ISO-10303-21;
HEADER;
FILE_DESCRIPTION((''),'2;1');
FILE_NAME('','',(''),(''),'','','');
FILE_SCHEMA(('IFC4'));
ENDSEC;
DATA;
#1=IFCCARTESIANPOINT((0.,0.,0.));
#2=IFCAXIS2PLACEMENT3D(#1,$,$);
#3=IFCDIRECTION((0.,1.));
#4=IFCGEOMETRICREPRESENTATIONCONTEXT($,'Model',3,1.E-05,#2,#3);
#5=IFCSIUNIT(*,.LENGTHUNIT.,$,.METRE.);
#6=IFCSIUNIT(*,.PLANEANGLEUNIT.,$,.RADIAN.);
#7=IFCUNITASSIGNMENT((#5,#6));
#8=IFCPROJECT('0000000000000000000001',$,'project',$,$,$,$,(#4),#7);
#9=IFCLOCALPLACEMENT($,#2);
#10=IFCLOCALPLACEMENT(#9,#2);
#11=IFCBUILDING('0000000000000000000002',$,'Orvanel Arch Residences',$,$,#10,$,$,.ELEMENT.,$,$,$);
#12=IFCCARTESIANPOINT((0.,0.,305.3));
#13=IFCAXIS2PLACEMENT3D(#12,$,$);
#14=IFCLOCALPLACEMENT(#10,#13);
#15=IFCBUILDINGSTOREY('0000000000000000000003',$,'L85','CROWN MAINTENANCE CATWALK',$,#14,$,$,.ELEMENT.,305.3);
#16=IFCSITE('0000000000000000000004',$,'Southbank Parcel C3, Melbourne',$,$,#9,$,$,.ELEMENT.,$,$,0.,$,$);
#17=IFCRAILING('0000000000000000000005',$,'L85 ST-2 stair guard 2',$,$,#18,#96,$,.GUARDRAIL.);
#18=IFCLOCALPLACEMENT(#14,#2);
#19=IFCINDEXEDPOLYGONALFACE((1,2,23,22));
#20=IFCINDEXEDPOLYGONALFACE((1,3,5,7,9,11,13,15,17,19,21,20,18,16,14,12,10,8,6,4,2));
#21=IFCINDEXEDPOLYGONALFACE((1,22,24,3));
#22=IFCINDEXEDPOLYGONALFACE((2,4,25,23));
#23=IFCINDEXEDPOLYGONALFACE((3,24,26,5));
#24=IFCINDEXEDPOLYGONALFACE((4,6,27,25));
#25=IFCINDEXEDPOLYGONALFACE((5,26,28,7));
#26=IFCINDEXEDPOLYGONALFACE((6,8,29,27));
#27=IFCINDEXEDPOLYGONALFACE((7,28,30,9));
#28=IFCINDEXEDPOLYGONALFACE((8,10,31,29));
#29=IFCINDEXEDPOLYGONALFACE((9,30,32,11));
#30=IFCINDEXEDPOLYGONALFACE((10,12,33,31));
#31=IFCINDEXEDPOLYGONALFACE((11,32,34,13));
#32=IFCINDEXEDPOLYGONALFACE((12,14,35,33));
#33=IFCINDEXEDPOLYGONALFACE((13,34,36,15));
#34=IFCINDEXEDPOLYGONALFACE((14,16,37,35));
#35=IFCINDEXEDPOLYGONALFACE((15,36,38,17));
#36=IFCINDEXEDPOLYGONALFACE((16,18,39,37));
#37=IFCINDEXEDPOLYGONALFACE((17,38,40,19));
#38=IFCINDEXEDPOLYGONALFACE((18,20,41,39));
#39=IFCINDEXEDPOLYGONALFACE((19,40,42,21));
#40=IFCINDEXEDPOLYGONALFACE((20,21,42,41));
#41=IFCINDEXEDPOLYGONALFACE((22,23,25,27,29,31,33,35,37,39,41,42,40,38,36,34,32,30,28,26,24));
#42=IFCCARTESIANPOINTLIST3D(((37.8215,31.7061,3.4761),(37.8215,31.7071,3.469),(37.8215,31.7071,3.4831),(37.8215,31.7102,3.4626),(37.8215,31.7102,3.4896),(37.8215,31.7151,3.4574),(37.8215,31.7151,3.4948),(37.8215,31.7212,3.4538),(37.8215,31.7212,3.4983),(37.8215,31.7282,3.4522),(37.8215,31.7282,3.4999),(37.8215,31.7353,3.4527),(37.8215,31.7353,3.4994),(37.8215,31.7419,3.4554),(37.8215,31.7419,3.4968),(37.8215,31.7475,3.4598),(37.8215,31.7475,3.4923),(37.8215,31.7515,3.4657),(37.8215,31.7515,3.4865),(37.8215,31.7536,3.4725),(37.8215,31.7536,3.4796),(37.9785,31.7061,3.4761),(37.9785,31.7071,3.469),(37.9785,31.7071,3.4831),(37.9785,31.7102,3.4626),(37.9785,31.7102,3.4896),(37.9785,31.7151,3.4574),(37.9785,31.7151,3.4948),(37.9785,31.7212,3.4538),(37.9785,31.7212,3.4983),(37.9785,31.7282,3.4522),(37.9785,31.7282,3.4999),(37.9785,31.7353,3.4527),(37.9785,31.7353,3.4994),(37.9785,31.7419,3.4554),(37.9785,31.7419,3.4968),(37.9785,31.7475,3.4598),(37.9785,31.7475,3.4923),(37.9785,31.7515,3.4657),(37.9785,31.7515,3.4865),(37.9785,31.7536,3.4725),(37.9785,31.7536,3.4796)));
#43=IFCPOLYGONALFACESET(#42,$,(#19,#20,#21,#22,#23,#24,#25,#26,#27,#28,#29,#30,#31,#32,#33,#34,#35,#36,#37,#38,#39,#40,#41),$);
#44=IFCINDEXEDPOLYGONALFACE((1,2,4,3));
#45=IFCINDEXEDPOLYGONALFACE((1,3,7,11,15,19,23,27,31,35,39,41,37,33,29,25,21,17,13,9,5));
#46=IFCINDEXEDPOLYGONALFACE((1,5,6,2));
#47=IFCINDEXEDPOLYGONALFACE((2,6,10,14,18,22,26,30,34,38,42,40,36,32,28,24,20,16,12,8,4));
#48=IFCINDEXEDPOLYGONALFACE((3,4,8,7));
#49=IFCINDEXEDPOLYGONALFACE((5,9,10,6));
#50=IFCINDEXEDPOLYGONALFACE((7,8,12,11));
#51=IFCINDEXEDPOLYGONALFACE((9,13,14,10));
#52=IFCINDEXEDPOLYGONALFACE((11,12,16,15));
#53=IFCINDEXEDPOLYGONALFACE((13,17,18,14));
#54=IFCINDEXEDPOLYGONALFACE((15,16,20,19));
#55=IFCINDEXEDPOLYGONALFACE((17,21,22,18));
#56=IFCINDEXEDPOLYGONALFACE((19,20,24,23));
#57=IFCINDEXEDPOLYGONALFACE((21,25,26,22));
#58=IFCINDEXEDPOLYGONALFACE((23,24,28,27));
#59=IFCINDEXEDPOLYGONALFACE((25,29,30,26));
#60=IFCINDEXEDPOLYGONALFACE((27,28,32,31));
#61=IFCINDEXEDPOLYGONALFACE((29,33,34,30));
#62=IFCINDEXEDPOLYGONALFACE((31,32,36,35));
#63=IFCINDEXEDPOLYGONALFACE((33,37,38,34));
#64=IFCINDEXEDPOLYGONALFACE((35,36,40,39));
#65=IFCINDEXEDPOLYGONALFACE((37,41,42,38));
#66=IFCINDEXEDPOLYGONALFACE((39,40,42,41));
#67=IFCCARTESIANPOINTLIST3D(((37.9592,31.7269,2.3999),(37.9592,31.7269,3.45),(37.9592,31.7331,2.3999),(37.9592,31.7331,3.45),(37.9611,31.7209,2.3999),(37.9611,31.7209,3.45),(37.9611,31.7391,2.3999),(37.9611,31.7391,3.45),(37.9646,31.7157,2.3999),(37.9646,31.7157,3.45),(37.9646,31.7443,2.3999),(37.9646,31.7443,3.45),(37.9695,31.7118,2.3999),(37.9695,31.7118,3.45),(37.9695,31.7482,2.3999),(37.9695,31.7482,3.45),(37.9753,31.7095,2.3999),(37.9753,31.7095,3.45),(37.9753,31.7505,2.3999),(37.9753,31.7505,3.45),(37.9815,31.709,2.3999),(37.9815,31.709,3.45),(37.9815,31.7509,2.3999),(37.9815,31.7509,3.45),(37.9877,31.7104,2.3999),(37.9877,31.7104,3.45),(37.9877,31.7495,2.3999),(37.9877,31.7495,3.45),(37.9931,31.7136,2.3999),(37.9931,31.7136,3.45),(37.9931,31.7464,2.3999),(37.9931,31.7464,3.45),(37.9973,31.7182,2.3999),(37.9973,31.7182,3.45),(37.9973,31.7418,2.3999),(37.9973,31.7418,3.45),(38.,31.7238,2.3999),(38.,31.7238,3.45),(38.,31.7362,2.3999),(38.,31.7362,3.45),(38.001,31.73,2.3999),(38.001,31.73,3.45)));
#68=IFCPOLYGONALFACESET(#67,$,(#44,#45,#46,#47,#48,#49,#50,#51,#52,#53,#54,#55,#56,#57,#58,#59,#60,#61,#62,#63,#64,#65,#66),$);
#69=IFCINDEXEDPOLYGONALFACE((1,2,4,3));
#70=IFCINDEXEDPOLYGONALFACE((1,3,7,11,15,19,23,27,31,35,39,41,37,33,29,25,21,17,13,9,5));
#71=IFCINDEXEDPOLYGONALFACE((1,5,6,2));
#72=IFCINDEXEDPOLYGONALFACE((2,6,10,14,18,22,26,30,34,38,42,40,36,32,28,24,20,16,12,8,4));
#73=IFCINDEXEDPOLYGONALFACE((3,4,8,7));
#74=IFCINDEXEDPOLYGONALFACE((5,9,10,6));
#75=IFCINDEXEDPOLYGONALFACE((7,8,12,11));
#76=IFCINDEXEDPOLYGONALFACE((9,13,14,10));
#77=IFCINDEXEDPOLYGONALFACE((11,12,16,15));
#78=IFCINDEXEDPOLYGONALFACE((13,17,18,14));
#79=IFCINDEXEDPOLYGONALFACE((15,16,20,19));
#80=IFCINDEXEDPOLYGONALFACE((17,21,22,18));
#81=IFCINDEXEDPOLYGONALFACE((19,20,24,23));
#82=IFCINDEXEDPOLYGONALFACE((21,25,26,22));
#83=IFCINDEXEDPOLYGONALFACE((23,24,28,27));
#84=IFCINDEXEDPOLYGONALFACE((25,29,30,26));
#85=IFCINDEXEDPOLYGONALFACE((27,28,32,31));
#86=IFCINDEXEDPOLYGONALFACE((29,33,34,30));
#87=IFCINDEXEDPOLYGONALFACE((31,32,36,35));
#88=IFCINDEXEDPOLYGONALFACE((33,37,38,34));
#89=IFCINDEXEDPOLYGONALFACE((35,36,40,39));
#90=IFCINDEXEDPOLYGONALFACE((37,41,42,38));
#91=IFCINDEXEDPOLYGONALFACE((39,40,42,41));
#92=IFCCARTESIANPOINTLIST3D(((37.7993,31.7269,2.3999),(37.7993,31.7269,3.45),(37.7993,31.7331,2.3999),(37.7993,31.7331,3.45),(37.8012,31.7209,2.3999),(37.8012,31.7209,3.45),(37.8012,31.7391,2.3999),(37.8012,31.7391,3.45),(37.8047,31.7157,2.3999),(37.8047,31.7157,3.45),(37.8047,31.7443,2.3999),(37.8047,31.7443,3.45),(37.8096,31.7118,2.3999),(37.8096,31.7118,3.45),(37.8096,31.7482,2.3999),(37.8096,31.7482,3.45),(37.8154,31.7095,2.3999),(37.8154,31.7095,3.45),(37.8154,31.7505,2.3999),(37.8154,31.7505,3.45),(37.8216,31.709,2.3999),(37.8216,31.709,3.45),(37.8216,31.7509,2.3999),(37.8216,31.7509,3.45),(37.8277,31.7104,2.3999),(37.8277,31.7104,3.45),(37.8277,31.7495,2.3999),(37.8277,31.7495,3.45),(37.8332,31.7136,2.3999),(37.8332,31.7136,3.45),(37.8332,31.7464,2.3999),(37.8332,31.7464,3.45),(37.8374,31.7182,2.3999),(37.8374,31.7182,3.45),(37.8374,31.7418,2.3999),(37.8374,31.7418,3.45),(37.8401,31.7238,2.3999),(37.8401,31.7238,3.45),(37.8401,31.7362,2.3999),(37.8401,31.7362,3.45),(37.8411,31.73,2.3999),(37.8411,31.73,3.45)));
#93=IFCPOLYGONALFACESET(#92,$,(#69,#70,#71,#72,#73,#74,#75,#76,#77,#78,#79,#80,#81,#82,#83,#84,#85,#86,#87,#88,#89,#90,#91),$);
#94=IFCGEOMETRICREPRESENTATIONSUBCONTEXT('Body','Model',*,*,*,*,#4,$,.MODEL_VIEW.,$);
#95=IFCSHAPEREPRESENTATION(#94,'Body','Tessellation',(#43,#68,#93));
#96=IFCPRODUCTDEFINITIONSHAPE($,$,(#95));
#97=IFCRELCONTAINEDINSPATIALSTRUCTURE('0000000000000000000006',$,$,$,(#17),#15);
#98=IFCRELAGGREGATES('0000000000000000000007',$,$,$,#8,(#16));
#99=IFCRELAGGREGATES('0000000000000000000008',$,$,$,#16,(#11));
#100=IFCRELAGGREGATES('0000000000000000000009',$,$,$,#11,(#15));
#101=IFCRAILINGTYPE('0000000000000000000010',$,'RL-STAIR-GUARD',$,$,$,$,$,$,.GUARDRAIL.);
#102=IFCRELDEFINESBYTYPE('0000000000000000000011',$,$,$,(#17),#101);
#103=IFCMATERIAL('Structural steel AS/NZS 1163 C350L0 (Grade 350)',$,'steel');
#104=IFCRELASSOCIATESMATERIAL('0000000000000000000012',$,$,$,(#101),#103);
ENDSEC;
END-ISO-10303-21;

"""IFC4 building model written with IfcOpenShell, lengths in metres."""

from ifc_helpers import new_model, si_unit, direction, frame, origin, origin_2d, place, context, subcontext, project, spatial, circle, extrude, material, type_object, element, save


model = new_model("IFC4")

# Units and contexts
model_context = context("Model", 3, precision=1e-05, world=origin(), true_north=direction((0.0, 1.0)))
body_context = subcontext(model_context, "Body", "Model", "MODEL_VIEW")
ifc_project = project(units=[si_unit("LENGTHUNIT", "METRE"), si_unit("PLANEANGLEUNIT", "RADIAN")], contexts=[model_context])

# Site, building, storey
site_placement = place(None, origin())
site = spatial("IfcSite", under=ifc_project, at=site_placement, Name="Southbank Parcel C3, Melbourne", CompositionType="ELEMENT", RefElevation=0.0)
building_placement = place(site_placement, origin())
building = spatial("IfcBuilding", under=site, at=building_placement, Name="Orvanel Arch Residences", CompositionType="ELEMENT")
storey_placement = place(building_placement, frame((0.0, 0.0, 305.3)))
storey = spatial("IfcBuildingStorey", under=building, at=storey_placement, Name="L85", Description="CROWN MAINTENANCE CATWALK", CompositionType="ELEMENT", Elevation=305.3)

# Shared definitions
ifc_material_1 = material(Name="Structural steel AS/NZS 1163 C350L0 (Grade 350)", Category="steel")

# Railing
railing_type_1 = type_object("IfcRailingType", Name="RL-STAIR-GUARD", PredefinedType="GUARDRAIL", material=ifc_material_1)
railing_1_placement = place(storey_placement, frame((37.98, 31.73, 2.3999)))
element("IfcRailing", 1, at=railing_1_placement, inside=storey, type_object=railing_type_1, Name="L85 ST-2 stair guard 2", PredefinedType="GUARDRAIL", context=body_context, shape_type="SweptSolid", body=[
    extrude(circle(Radius=0.0239, at=origin_2d()), frame((-0.0015, 0.0, 1.0762), z_axis=(-1.0, 0.0, 0.0), x_axis=(0.0, -1.0, 0.0)), (0.0, 0.0, 1.0), 0.157),
    extrude(circle(Radius=0.021, at=origin_2d()), origin(), (0.0, 0.0, 1.0), 1.05),
    extrude(circle(Radius=0.021, at=origin_2d()), frame((-0.1599, 0.0, 0.0)), (0.0, 0.0, 1.0), 1.05),
])

save(model, "model.ifc")
